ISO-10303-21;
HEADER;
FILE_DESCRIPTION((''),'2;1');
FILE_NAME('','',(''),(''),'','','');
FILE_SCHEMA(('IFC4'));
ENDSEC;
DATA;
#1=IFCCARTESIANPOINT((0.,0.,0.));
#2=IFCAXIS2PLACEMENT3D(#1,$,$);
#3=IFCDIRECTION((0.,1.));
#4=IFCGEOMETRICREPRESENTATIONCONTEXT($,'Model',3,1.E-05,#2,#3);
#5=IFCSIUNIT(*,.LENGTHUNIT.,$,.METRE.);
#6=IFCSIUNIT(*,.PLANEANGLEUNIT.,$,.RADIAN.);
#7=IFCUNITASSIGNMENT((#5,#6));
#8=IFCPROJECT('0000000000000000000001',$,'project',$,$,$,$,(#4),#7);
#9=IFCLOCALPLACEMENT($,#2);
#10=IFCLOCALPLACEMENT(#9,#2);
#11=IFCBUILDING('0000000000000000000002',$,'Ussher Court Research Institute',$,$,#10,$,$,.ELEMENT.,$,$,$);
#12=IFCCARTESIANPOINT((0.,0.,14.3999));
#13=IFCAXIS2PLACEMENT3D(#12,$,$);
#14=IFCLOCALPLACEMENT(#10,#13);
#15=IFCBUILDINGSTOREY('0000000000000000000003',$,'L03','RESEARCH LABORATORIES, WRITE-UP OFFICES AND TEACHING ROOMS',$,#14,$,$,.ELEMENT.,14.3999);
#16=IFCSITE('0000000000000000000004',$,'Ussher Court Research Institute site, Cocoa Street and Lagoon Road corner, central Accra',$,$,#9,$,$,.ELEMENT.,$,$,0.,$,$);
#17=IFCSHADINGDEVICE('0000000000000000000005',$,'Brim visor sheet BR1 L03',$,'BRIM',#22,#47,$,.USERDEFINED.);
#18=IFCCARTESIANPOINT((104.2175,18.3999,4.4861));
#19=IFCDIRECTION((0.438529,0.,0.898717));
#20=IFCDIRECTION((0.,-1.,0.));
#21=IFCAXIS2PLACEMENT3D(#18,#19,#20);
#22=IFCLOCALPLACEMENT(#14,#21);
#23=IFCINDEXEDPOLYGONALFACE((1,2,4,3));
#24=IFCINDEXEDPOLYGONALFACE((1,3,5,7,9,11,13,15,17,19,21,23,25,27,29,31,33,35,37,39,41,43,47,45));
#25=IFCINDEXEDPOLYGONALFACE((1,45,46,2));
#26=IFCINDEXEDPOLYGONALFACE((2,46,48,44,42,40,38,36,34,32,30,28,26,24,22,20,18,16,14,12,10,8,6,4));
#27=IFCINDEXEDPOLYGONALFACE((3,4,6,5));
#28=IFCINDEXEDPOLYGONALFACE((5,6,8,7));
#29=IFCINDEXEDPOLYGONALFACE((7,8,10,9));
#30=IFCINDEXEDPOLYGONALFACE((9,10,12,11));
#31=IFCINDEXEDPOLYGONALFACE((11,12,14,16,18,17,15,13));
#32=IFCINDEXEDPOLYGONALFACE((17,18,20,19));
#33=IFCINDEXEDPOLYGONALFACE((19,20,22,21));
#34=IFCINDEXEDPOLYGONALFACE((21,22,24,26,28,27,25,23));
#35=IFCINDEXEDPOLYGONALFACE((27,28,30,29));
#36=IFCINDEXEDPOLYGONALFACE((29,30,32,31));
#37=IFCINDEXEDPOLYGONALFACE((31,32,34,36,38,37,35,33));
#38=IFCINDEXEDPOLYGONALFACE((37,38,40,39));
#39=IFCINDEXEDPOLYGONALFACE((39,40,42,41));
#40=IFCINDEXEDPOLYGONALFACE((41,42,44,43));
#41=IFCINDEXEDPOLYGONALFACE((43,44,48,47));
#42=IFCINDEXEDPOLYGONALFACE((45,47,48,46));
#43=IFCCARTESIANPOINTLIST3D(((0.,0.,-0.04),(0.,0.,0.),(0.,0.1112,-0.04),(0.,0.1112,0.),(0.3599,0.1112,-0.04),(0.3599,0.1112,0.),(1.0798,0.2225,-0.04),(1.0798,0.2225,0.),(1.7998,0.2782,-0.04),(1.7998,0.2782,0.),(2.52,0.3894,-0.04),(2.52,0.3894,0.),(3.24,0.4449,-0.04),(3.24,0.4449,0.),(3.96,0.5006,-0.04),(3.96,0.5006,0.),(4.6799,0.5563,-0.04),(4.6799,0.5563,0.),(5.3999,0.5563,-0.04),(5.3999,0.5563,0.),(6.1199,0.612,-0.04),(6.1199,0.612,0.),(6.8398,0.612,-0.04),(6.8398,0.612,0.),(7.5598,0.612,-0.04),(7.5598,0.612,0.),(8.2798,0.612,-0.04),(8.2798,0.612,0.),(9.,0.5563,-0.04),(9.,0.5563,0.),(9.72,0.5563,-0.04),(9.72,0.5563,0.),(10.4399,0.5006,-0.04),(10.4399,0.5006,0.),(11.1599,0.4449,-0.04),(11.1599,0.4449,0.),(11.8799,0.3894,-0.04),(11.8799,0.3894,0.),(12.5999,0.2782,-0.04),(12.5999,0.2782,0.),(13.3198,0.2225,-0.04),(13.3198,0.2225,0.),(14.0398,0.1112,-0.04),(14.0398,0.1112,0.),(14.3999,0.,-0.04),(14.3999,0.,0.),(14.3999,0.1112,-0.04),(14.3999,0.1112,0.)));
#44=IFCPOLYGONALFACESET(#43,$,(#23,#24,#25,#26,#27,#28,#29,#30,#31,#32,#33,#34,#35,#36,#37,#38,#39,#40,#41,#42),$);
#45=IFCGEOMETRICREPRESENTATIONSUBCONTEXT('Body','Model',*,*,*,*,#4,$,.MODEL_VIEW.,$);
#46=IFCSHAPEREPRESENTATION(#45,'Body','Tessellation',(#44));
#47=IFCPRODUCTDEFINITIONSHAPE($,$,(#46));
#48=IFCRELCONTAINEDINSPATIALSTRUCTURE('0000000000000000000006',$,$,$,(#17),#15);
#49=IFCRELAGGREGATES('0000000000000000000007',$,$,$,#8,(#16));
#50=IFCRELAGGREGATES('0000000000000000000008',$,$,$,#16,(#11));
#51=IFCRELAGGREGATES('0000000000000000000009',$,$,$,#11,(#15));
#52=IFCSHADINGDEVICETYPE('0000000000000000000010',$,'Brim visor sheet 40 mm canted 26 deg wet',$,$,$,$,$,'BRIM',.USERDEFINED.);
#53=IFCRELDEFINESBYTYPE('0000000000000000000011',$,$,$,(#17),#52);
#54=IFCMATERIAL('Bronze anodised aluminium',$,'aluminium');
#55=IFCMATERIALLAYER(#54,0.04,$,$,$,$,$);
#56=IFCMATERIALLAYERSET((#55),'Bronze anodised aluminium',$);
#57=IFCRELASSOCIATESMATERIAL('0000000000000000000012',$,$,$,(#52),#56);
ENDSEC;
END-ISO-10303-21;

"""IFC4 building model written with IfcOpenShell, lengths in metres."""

from ifc_helpers import new_model, si_unit, direction, frame, origin, place, context, subcontext, project, spatial, polyline, outline, extrude, material, layer, layer_set, type_object, element, save


model = new_model("IFC4")

# Units and contexts
model_context = context("Model", 3, precision=1e-05, world=origin(), true_north=direction((0.0, 1.0)))
body_context = subcontext(model_context, "Body", "Model", "MODEL_VIEW")
ifc_project = project(units=[si_unit("LENGTHUNIT", "METRE"), si_unit("PLANEANGLEUNIT", "RADIAN")], contexts=[model_context])

# Site, building, storey
site_placement = place(None, origin())
site = spatial("IfcSite", under=ifc_project, at=site_placement, Name="Ussher Court Research Institute site, Cocoa Street and Lagoon Road corner, central Accra", CompositionType="ELEMENT", RefElevation=0.0)
building_placement = place(site_placement, origin())
building = spatial("IfcBuilding", under=site, at=building_placement, Name="Ussher Court Research Institute", CompositionType="ELEMENT")
storey_placement = place(building_placement, frame((0.0, 0.0, 14.3999)))
storey = spatial("IfcBuildingStorey", under=building, at=storey_placement, Name="L03", Description="RESEARCH LABORATORIES, WRITE-UP OFFICES AND TEACHING ROOMS", CompositionType="ELEMENT", Elevation=14.3999)

# Shading device
ifc_material_1 = material(Name="Bronze anodised aluminium", Category="aluminium")
ifc_layer_1 = layer(ifc_material_1, 0.04)
ifc_layer_set_1 = layer_set([ifc_layer_1], Name="Bronze anodised aluminium")
shading_device_type_1 = type_object("IfcShadingDeviceType", Name="Brim visor sheet 40 mm canted 26 deg wet", ElementType="BRIM", PredefinedType="USERDEFINED", material=ifc_layer_set_1)
shading_device_1_placement = place(storey_placement, frame((104.2175, 18.3999, 4.4861), z_axis=(0.438529, 0.0, 0.898717), x_axis=(0.0, -1.0, 0.0)))
element("IfcShadingDevice", 1, at=shading_device_1_placement, inside=storey, type_object=shading_device_type_1, Name="Brim visor sheet BR1 L03", ObjectType="BRIM", PredefinedType="USERDEFINED", context=body_context, shape_type="SweptSolid", body=[
    extrude(outline(polyline([(0.0, 0.0), (14.3999, 0.0), (14.3999, 0.1112), (14.0398, 0.1112), (13.3198, 0.2225), (12.5999, 0.2782), (11.8799, 0.3894), (11.1599, 0.4449), (10.4399, 0.5006), (9.72, 0.5563), (9.0, 0.5563), (8.2798, 0.612), (7.5598, 0.612), (6.8398, 0.612), (6.1199, 0.612), (5.3999, 0.5563), (4.6799, 0.5563), (3.96, 0.5006), (3.24, 0.4449), (2.52, 0.3894), (1.7998, 0.2782), (1.0798, 0.2225), (0.3599, 0.1112), (0.0, 0.1112), (0.0, 0.0)])), origin(), (0.0, 0.0, -1.0), 0.04),
])

save(model, "model.ifc")
